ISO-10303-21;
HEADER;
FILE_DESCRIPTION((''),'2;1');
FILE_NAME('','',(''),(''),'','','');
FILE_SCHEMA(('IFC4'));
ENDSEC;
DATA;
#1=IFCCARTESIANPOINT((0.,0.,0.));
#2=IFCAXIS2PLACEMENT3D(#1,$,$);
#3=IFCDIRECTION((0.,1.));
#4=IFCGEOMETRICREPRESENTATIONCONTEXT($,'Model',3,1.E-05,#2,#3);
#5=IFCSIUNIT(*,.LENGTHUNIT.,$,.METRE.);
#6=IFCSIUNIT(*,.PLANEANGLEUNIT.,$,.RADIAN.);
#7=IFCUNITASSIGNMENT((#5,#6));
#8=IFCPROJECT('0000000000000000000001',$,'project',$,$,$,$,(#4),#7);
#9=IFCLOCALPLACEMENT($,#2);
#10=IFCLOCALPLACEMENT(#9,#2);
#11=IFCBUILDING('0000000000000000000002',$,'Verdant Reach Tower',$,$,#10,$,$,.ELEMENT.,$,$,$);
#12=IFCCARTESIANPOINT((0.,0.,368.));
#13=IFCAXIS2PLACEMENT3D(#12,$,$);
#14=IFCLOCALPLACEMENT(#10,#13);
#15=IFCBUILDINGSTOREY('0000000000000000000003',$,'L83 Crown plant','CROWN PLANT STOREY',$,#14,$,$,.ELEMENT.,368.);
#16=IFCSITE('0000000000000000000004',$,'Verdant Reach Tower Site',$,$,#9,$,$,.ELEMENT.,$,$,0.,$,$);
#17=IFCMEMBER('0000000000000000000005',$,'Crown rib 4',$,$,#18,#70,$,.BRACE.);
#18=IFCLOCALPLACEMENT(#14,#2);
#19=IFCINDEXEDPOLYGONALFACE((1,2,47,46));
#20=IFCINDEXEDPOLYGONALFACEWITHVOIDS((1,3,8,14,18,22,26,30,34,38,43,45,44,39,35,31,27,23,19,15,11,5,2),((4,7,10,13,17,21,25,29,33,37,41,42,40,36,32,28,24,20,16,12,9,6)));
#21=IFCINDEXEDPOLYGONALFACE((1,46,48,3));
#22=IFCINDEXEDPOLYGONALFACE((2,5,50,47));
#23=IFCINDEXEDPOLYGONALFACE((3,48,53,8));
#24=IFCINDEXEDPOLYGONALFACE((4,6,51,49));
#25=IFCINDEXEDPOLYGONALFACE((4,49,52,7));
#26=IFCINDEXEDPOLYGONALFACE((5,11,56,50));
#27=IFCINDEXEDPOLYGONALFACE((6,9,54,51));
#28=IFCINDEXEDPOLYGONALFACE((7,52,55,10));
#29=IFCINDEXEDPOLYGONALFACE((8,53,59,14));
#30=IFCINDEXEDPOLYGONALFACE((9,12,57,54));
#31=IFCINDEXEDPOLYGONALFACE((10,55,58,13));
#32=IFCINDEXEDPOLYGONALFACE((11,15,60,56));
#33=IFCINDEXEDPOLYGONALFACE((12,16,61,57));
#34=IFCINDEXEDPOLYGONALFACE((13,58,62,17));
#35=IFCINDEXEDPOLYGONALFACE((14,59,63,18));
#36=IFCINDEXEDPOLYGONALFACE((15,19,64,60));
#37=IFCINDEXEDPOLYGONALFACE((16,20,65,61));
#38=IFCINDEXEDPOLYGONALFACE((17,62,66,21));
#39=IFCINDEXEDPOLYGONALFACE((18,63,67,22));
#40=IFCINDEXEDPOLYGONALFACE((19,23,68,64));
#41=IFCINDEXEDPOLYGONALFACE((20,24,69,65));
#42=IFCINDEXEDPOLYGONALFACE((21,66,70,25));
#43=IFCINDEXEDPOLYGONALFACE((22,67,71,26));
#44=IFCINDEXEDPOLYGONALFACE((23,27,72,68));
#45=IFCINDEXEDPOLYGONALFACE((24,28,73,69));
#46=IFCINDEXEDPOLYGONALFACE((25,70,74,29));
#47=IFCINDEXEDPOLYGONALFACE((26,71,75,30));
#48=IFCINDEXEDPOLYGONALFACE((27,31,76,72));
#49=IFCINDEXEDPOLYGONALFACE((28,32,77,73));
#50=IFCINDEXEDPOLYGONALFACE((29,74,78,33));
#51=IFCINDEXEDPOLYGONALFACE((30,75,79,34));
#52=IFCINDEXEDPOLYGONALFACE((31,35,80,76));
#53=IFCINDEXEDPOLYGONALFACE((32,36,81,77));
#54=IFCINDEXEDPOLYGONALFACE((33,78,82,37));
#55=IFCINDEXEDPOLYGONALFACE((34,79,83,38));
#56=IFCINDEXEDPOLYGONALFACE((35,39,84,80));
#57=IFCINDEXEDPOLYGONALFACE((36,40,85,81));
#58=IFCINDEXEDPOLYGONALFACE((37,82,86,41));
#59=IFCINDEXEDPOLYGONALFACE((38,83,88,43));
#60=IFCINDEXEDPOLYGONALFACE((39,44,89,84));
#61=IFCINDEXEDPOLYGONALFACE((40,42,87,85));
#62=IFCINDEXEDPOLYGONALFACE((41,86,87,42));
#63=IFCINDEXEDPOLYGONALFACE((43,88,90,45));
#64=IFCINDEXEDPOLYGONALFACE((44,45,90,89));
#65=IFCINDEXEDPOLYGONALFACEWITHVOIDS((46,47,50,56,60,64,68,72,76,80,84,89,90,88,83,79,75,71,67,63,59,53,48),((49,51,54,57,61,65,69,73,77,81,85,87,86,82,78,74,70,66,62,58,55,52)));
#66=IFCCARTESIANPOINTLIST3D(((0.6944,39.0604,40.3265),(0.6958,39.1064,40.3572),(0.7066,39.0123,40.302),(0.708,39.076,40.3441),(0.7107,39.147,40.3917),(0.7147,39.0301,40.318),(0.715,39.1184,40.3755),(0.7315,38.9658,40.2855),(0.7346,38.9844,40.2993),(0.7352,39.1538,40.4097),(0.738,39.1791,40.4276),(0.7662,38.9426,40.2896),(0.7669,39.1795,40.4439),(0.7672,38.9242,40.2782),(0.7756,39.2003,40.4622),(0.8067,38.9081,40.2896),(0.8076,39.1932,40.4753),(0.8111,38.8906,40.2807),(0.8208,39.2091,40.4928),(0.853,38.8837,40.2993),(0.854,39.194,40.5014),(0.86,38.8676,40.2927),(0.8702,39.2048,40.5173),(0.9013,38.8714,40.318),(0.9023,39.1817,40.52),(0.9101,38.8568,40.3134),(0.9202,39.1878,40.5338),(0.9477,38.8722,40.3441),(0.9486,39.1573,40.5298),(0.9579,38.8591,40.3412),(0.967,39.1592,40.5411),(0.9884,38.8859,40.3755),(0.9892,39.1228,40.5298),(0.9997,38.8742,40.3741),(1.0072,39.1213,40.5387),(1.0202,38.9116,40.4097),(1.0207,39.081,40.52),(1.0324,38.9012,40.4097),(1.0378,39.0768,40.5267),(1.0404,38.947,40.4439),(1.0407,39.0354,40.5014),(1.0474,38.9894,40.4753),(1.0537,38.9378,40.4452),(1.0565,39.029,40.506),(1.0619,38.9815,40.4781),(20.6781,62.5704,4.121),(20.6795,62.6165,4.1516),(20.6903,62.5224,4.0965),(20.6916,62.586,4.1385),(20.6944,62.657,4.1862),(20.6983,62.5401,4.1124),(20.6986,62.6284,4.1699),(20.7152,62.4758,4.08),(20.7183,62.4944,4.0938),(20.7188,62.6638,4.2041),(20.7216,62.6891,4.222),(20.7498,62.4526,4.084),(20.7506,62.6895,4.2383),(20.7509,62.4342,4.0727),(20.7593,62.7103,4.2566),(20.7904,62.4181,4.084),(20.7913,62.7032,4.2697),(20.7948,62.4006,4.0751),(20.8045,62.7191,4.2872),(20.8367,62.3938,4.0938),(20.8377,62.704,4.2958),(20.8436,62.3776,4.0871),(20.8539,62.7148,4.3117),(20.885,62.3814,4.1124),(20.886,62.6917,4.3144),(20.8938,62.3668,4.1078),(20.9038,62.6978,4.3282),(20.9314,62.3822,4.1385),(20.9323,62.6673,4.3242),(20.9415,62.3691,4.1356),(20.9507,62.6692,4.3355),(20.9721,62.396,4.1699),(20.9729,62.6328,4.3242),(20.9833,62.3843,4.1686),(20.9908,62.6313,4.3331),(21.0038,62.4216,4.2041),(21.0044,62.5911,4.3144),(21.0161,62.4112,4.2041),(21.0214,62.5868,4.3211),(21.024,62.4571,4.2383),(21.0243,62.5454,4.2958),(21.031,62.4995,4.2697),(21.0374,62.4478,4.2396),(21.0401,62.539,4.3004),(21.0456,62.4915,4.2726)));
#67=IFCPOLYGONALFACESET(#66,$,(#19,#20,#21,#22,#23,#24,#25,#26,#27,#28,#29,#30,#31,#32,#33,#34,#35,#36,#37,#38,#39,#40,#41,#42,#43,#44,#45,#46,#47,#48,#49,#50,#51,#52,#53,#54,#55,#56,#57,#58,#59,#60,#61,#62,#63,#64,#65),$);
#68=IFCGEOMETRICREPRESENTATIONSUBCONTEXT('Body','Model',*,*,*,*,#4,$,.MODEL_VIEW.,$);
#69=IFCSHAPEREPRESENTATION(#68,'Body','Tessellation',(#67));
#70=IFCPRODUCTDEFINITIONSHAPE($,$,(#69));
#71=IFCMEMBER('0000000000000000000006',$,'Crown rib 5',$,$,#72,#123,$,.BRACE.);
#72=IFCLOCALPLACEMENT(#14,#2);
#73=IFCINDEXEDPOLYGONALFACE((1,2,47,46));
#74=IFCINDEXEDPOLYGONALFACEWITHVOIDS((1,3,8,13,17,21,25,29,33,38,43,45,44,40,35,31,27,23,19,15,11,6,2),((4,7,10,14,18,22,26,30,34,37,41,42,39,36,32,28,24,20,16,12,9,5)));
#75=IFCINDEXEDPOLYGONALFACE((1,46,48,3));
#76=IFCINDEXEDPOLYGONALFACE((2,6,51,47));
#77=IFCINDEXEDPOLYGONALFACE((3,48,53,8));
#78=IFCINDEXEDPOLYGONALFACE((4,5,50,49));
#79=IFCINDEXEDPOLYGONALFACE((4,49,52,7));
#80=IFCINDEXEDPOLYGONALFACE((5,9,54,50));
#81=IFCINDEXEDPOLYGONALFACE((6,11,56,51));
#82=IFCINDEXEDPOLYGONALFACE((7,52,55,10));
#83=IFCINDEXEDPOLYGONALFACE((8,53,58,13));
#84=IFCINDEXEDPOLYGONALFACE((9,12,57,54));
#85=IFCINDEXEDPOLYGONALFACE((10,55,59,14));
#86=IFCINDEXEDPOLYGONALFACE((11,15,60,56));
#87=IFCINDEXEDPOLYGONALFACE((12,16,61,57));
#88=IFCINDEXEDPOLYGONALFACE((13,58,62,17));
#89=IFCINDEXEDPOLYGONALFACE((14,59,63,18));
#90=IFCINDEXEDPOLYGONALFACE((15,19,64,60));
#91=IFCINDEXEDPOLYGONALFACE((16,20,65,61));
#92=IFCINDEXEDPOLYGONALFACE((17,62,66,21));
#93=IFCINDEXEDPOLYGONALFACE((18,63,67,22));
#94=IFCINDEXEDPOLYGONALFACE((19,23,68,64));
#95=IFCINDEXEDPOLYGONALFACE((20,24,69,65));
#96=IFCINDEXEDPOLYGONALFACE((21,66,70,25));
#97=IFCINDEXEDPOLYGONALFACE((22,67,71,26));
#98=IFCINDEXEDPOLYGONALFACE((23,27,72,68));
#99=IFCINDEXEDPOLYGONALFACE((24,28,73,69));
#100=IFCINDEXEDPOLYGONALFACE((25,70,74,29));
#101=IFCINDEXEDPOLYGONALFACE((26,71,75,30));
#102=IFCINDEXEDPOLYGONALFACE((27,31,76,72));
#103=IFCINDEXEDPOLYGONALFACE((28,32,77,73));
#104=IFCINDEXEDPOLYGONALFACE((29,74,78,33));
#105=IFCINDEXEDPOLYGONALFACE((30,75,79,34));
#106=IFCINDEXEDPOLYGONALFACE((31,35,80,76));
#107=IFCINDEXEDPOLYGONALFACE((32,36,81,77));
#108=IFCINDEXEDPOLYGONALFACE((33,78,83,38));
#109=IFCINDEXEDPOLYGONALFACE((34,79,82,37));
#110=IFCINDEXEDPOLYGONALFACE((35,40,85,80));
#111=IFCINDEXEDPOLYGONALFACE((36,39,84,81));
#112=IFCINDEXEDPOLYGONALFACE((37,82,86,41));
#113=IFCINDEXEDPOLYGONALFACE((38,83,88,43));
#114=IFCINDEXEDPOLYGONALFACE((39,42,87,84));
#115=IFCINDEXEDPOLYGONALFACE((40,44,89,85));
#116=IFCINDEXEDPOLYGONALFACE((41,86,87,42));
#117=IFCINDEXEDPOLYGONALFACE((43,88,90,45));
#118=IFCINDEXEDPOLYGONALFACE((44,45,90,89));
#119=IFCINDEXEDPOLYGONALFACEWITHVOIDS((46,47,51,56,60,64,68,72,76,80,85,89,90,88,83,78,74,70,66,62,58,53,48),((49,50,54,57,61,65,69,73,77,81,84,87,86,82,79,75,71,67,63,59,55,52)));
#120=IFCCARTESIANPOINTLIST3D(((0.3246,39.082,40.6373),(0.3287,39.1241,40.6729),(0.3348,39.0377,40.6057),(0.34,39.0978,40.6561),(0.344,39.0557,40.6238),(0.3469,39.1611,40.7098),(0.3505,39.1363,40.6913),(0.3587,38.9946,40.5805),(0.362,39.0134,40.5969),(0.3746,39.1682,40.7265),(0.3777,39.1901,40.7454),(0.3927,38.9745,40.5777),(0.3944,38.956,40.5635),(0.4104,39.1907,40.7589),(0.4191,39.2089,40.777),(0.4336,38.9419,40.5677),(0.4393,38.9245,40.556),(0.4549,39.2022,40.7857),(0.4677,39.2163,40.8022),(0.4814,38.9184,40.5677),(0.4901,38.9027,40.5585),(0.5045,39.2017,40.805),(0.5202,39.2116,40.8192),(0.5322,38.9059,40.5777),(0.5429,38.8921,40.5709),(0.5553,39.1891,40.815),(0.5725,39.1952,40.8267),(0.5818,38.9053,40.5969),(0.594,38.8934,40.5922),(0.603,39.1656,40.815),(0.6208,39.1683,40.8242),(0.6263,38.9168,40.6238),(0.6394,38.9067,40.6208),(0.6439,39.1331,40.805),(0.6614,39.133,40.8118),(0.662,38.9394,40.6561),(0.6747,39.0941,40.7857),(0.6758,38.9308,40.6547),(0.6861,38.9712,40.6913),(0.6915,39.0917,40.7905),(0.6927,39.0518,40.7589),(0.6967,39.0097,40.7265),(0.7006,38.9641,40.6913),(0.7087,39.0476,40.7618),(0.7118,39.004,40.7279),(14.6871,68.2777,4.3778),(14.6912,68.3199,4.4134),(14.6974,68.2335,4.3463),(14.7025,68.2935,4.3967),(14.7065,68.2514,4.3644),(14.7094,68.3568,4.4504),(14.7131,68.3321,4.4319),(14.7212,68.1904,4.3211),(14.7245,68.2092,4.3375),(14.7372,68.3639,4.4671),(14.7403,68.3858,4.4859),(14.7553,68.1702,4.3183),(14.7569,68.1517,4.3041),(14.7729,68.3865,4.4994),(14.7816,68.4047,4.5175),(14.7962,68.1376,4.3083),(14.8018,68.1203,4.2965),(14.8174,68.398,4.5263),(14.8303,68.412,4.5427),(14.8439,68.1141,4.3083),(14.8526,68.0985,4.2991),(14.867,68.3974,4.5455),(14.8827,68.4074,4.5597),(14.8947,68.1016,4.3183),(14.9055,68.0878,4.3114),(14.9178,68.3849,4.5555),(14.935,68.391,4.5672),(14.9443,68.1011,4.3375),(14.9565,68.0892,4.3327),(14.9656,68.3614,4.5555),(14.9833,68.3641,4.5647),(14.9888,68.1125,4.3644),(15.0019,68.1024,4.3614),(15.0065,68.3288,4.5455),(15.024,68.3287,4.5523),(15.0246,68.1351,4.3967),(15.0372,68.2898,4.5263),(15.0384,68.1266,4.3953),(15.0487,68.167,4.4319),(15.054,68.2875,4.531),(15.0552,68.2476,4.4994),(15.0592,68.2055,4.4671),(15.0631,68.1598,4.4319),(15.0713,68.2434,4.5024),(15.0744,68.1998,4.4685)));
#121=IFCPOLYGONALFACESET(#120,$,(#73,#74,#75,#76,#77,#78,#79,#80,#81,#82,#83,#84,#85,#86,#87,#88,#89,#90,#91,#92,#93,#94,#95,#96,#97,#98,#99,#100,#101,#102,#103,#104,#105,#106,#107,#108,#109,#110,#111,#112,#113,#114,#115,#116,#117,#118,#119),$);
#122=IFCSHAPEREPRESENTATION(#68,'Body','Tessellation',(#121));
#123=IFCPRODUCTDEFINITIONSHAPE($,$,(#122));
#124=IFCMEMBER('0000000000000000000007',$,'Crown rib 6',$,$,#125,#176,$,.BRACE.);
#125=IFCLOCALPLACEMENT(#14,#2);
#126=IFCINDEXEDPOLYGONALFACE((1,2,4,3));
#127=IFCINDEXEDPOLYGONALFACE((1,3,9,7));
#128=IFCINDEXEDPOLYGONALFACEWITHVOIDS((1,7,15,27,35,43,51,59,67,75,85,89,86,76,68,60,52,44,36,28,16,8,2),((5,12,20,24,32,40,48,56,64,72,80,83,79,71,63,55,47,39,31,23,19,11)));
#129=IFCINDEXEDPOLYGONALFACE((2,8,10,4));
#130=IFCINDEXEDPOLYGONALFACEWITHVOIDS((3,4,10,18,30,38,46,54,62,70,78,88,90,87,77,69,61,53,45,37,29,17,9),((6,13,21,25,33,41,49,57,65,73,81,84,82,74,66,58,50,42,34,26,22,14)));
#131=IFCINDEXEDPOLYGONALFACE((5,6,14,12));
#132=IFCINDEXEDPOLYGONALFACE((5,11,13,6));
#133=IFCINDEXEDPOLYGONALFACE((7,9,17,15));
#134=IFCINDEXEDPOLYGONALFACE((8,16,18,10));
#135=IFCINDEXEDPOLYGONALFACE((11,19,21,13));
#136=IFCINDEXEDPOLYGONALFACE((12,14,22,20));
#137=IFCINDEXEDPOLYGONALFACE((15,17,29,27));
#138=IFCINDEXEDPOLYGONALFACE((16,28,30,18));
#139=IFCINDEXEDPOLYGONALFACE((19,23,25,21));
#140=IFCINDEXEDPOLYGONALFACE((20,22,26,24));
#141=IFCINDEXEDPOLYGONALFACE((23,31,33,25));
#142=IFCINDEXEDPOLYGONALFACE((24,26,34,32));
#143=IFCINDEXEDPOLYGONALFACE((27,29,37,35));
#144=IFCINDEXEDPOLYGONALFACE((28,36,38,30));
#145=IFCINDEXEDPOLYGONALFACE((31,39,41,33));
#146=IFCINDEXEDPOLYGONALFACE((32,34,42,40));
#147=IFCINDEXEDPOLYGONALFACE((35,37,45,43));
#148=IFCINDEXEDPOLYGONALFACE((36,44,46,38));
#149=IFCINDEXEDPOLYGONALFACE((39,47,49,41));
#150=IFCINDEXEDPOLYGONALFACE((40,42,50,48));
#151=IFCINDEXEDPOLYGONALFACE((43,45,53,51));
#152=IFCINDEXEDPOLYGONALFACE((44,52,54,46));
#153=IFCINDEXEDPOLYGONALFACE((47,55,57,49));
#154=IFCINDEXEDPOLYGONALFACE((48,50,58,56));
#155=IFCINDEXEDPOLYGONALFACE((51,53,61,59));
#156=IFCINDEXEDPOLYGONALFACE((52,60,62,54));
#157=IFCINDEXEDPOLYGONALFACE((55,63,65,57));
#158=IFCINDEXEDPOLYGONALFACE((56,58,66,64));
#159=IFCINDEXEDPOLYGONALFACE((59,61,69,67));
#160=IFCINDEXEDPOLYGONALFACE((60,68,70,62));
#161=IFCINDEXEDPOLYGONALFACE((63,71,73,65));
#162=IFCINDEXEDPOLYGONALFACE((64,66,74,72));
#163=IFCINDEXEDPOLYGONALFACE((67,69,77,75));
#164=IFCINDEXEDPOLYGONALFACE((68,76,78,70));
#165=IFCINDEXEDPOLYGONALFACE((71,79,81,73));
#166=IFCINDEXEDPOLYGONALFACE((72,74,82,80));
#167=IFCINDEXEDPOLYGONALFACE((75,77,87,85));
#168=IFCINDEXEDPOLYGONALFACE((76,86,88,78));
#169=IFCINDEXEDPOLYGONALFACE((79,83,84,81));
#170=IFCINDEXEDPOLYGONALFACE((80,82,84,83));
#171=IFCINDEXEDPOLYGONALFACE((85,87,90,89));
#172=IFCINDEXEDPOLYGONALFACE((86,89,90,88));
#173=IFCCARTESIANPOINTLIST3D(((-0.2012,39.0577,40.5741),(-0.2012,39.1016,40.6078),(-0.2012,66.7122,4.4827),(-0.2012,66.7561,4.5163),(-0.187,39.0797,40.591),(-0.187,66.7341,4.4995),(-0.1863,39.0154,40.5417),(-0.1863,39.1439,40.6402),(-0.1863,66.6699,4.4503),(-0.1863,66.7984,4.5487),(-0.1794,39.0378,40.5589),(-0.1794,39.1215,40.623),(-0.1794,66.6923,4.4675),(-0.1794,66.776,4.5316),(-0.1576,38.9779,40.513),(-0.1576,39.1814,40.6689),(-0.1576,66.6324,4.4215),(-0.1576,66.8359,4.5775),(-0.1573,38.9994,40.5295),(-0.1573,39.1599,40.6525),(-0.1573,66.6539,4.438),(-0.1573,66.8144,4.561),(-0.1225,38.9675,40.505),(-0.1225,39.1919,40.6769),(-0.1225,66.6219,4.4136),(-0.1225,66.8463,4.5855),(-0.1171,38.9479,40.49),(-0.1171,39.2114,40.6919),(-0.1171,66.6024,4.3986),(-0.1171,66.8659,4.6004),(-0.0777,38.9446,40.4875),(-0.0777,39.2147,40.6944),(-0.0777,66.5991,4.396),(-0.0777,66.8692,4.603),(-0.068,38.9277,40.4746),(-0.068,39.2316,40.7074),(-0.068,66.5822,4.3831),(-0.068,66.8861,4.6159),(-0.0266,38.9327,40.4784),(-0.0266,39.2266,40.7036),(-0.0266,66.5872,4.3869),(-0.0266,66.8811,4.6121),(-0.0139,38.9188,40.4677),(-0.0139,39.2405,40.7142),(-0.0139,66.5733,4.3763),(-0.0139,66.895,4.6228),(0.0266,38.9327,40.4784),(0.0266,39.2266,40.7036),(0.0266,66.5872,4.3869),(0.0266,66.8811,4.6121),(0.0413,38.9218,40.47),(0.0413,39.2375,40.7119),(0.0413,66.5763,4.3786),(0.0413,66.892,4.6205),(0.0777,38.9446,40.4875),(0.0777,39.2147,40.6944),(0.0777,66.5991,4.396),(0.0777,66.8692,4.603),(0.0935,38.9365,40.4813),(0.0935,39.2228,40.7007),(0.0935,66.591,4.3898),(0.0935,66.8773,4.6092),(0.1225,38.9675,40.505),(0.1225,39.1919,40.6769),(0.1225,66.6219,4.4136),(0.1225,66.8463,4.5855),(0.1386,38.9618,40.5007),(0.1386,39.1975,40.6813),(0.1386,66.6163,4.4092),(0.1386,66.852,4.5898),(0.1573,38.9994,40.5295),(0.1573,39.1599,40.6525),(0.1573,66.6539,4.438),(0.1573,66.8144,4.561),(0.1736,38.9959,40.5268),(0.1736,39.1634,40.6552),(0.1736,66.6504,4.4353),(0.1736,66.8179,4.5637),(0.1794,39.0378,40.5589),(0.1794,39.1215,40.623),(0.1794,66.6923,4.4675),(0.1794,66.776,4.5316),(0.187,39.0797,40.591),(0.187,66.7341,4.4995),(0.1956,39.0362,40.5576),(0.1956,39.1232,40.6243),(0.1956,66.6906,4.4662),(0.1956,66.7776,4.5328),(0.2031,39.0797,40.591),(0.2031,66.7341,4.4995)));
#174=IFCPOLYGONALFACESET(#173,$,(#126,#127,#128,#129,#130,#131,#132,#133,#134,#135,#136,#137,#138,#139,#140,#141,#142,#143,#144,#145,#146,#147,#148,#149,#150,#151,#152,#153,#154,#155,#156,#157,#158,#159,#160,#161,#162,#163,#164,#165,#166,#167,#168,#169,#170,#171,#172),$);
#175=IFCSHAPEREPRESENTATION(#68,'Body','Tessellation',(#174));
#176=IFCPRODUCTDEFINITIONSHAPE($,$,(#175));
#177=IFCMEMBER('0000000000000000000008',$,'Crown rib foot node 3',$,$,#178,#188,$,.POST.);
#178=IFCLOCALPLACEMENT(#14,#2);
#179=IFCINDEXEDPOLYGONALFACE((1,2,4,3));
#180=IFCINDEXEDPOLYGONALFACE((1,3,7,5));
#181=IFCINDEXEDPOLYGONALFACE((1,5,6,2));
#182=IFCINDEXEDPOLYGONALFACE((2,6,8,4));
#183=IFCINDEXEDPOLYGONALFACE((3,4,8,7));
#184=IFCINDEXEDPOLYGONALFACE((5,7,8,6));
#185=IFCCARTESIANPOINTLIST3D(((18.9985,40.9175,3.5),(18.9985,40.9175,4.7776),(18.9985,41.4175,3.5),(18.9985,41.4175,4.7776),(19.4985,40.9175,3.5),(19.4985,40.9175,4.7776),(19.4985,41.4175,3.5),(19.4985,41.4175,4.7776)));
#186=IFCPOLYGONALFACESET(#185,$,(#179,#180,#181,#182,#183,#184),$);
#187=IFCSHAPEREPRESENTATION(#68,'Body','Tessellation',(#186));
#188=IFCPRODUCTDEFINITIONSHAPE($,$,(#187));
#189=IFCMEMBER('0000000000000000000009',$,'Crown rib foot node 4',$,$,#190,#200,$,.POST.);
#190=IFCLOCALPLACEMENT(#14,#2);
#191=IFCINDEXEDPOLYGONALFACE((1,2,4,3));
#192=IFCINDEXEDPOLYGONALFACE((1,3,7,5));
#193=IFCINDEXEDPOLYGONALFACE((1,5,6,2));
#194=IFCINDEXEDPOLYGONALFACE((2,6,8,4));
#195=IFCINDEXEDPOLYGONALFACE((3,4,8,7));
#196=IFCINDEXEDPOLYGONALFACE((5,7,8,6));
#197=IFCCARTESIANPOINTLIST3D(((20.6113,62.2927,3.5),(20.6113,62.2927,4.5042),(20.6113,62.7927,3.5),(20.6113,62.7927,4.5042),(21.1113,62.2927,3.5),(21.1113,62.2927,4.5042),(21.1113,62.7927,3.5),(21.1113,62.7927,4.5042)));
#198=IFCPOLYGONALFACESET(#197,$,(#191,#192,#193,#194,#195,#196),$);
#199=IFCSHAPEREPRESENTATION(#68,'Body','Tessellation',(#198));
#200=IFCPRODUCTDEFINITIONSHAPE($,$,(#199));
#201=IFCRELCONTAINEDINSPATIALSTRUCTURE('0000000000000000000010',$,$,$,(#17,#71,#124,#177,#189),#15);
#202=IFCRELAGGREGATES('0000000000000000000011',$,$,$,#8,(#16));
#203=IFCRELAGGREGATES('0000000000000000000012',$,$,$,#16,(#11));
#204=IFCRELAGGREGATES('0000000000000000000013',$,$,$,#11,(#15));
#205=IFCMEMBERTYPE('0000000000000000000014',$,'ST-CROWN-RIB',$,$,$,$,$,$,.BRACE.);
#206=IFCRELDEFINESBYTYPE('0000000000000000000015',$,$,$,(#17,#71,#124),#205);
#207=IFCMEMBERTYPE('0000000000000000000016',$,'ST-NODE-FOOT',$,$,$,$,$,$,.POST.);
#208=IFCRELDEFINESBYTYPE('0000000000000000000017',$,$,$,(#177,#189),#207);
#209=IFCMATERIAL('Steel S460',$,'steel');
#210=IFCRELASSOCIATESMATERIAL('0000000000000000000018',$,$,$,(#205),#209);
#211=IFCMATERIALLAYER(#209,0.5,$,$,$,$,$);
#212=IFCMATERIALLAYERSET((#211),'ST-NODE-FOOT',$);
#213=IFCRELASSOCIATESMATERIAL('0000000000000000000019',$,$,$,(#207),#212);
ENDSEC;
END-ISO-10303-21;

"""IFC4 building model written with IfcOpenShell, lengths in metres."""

from ifc_helpers import new_model, si_unit, direction, frame, origin, origin_2d, place, context, subcontext, project, spatial, rectangle, hollow_circle, extrude, material, layer, layer_set, material_profile, profile_set, type_object, element, save


model = new_model("IFC4")

# Units and contexts
model_context = context("Model", 3, precision=1e-05, world=origin(), true_north=direction((0.0, 1.0)))
body_context = subcontext(model_context, "Body", "Model", "MODEL_VIEW")
ifc_project = project(units=[si_unit("LENGTHUNIT", "METRE"), si_unit("PLANEANGLEUNIT", "RADIAN")], contexts=[model_context])

# Site, building, storey
site_placement = place(None, origin())
site = spatial("IfcSite", under=ifc_project, at=site_placement, Name="Verdant Reach Tower Site", CompositionType="ELEMENT", RefElevation=0.0)
building_placement = place(site_placement, origin())
building = spatial("IfcBuilding", under=site, at=building_placement, Name="Verdant Reach Tower", CompositionType="ELEMENT")
storey_placement = place(building_placement, frame((0.0, 0.0, 368.0)))
storey = spatial("IfcBuildingStorey", under=building, at=storey_placement, Name="L83 Crown plant", Description="CROWN PLANT STOREY", CompositionType="ELEMENT", Elevation=368.0)

# Members
ifc_material_1 = material(Name="Steel S460", Category="steel")
ifc_material_profile_1 = material_profile(ifc_material_1, hollow_circle(Radius=0.2031, WallThickness=0.0161, at=origin_2d()), Name="CHS 406.4x16")
ifc_profile_set_1 = profile_set([ifc_material_profile_1], Name="Steel S460")
member_type_1 = type_object("IfcMemberType", Name="ST-CROWN-RIB", PredefinedType="BRACE", material=ifc_profile_set_1)
member_1_placement = place(storey_placement, frame((20.8613, 62.5427, 4.2041), z_axis=(-0.420089, -0.494219, 0.7611), x_axis=(0.761937, -0.647651, 0.0)))
element("IfcMember", 1, at=member_1_placement, inside=storey, type_object=member_type_1, Name="Crown rib 4", PredefinedType="BRACE", context=body_context, shape_type="SweptSolid", body=[
    extrude(hollow_circle(Radius=0.2031, WallThickness=0.0161, at=origin_2d()), origin(), (0.0, 0.0, 1.0), 47.5701),
])
member_2_placement = place(storey_placement, frame((14.8809, 68.2495, 4.4319), z_axis=(-0.294811, -0.599283, 0.744276), x_axis=(0.897302, -0.441418, 0.0)))
element("IfcMember", 2, at=member_2_placement, inside=storey, type_object=member_type_1, Name="Crown rib 5", PredefinedType="BRACE", context=body_context, shape_type="SweptSolid", body=[
    extrude(hollow_circle(Radius=0.2031, WallThickness=0.0161, at=origin_2d()), origin(), (0.0, 0.0, 1.0), 48.7178),
])
member_3_placement = place(storey_placement, frame((0.0, 66.7341, 4.4995), z_axis=(0.0, -0.608215, 0.793773), x_axis=(1.0, 0.0, 0.0)))
element("IfcMember", 3, at=member_3_placement, inside=storey, type_object=member_type_1, Name="Crown rib 6", PredefinedType="BRACE", context=body_context, shape_type="SweptSolid", body=[
    extrude(hollow_circle(Radius=0.2031, WallThickness=0.0161, at=origin_2d()), origin(), (0.0, 0.0, 1.0), 45.4683),
])
ifc_layer_1 = layer(ifc_material_1, 0.5)
ifc_layer_set_1 = layer_set([ifc_layer_1], Name="ST-NODE-FOOT")
member_type_2 = type_object("IfcMemberType", Name="ST-NODE-FOOT", PredefinedType="POST", material=ifc_layer_set_1)
member_4_placement = place(storey_placement, frame((19.2485, 41.1675, 3.5), z_axis=(0.0, 0.0, 1.0), x_axis=(1.0, 0.0, 0.0)))
element("IfcMember", 4, at=member_4_placement, inside=storey, type_object=member_type_2, Name="Crown rib foot node 3", PredefinedType="POST", context=body_context, shape_type="SweptSolid", body=[
    extrude(rectangle(XDim=0.5, YDim=0.5, at=origin_2d()), origin(), (0.0, 0.0, 1.0), 1.2776),
])
member_5_placement = place(storey_placement, frame((20.8613, 62.5427, 3.5), z_axis=(0.0, 0.0, 1.0), x_axis=(1.0, 0.0, 0.0)))
element("IfcMember", 5, at=member_5_placement, inside=storey, type_object=member_type_2, Name="Crown rib foot node 4", PredefinedType="POST", context=body_context, shape_type="SweptSolid", body=[
    extrude(rectangle(XDim=0.5, YDim=0.5, at=origin_2d()), origin(), (0.0, 0.0, 1.0), 1.0042),
])

save(model, "model.ifc")
